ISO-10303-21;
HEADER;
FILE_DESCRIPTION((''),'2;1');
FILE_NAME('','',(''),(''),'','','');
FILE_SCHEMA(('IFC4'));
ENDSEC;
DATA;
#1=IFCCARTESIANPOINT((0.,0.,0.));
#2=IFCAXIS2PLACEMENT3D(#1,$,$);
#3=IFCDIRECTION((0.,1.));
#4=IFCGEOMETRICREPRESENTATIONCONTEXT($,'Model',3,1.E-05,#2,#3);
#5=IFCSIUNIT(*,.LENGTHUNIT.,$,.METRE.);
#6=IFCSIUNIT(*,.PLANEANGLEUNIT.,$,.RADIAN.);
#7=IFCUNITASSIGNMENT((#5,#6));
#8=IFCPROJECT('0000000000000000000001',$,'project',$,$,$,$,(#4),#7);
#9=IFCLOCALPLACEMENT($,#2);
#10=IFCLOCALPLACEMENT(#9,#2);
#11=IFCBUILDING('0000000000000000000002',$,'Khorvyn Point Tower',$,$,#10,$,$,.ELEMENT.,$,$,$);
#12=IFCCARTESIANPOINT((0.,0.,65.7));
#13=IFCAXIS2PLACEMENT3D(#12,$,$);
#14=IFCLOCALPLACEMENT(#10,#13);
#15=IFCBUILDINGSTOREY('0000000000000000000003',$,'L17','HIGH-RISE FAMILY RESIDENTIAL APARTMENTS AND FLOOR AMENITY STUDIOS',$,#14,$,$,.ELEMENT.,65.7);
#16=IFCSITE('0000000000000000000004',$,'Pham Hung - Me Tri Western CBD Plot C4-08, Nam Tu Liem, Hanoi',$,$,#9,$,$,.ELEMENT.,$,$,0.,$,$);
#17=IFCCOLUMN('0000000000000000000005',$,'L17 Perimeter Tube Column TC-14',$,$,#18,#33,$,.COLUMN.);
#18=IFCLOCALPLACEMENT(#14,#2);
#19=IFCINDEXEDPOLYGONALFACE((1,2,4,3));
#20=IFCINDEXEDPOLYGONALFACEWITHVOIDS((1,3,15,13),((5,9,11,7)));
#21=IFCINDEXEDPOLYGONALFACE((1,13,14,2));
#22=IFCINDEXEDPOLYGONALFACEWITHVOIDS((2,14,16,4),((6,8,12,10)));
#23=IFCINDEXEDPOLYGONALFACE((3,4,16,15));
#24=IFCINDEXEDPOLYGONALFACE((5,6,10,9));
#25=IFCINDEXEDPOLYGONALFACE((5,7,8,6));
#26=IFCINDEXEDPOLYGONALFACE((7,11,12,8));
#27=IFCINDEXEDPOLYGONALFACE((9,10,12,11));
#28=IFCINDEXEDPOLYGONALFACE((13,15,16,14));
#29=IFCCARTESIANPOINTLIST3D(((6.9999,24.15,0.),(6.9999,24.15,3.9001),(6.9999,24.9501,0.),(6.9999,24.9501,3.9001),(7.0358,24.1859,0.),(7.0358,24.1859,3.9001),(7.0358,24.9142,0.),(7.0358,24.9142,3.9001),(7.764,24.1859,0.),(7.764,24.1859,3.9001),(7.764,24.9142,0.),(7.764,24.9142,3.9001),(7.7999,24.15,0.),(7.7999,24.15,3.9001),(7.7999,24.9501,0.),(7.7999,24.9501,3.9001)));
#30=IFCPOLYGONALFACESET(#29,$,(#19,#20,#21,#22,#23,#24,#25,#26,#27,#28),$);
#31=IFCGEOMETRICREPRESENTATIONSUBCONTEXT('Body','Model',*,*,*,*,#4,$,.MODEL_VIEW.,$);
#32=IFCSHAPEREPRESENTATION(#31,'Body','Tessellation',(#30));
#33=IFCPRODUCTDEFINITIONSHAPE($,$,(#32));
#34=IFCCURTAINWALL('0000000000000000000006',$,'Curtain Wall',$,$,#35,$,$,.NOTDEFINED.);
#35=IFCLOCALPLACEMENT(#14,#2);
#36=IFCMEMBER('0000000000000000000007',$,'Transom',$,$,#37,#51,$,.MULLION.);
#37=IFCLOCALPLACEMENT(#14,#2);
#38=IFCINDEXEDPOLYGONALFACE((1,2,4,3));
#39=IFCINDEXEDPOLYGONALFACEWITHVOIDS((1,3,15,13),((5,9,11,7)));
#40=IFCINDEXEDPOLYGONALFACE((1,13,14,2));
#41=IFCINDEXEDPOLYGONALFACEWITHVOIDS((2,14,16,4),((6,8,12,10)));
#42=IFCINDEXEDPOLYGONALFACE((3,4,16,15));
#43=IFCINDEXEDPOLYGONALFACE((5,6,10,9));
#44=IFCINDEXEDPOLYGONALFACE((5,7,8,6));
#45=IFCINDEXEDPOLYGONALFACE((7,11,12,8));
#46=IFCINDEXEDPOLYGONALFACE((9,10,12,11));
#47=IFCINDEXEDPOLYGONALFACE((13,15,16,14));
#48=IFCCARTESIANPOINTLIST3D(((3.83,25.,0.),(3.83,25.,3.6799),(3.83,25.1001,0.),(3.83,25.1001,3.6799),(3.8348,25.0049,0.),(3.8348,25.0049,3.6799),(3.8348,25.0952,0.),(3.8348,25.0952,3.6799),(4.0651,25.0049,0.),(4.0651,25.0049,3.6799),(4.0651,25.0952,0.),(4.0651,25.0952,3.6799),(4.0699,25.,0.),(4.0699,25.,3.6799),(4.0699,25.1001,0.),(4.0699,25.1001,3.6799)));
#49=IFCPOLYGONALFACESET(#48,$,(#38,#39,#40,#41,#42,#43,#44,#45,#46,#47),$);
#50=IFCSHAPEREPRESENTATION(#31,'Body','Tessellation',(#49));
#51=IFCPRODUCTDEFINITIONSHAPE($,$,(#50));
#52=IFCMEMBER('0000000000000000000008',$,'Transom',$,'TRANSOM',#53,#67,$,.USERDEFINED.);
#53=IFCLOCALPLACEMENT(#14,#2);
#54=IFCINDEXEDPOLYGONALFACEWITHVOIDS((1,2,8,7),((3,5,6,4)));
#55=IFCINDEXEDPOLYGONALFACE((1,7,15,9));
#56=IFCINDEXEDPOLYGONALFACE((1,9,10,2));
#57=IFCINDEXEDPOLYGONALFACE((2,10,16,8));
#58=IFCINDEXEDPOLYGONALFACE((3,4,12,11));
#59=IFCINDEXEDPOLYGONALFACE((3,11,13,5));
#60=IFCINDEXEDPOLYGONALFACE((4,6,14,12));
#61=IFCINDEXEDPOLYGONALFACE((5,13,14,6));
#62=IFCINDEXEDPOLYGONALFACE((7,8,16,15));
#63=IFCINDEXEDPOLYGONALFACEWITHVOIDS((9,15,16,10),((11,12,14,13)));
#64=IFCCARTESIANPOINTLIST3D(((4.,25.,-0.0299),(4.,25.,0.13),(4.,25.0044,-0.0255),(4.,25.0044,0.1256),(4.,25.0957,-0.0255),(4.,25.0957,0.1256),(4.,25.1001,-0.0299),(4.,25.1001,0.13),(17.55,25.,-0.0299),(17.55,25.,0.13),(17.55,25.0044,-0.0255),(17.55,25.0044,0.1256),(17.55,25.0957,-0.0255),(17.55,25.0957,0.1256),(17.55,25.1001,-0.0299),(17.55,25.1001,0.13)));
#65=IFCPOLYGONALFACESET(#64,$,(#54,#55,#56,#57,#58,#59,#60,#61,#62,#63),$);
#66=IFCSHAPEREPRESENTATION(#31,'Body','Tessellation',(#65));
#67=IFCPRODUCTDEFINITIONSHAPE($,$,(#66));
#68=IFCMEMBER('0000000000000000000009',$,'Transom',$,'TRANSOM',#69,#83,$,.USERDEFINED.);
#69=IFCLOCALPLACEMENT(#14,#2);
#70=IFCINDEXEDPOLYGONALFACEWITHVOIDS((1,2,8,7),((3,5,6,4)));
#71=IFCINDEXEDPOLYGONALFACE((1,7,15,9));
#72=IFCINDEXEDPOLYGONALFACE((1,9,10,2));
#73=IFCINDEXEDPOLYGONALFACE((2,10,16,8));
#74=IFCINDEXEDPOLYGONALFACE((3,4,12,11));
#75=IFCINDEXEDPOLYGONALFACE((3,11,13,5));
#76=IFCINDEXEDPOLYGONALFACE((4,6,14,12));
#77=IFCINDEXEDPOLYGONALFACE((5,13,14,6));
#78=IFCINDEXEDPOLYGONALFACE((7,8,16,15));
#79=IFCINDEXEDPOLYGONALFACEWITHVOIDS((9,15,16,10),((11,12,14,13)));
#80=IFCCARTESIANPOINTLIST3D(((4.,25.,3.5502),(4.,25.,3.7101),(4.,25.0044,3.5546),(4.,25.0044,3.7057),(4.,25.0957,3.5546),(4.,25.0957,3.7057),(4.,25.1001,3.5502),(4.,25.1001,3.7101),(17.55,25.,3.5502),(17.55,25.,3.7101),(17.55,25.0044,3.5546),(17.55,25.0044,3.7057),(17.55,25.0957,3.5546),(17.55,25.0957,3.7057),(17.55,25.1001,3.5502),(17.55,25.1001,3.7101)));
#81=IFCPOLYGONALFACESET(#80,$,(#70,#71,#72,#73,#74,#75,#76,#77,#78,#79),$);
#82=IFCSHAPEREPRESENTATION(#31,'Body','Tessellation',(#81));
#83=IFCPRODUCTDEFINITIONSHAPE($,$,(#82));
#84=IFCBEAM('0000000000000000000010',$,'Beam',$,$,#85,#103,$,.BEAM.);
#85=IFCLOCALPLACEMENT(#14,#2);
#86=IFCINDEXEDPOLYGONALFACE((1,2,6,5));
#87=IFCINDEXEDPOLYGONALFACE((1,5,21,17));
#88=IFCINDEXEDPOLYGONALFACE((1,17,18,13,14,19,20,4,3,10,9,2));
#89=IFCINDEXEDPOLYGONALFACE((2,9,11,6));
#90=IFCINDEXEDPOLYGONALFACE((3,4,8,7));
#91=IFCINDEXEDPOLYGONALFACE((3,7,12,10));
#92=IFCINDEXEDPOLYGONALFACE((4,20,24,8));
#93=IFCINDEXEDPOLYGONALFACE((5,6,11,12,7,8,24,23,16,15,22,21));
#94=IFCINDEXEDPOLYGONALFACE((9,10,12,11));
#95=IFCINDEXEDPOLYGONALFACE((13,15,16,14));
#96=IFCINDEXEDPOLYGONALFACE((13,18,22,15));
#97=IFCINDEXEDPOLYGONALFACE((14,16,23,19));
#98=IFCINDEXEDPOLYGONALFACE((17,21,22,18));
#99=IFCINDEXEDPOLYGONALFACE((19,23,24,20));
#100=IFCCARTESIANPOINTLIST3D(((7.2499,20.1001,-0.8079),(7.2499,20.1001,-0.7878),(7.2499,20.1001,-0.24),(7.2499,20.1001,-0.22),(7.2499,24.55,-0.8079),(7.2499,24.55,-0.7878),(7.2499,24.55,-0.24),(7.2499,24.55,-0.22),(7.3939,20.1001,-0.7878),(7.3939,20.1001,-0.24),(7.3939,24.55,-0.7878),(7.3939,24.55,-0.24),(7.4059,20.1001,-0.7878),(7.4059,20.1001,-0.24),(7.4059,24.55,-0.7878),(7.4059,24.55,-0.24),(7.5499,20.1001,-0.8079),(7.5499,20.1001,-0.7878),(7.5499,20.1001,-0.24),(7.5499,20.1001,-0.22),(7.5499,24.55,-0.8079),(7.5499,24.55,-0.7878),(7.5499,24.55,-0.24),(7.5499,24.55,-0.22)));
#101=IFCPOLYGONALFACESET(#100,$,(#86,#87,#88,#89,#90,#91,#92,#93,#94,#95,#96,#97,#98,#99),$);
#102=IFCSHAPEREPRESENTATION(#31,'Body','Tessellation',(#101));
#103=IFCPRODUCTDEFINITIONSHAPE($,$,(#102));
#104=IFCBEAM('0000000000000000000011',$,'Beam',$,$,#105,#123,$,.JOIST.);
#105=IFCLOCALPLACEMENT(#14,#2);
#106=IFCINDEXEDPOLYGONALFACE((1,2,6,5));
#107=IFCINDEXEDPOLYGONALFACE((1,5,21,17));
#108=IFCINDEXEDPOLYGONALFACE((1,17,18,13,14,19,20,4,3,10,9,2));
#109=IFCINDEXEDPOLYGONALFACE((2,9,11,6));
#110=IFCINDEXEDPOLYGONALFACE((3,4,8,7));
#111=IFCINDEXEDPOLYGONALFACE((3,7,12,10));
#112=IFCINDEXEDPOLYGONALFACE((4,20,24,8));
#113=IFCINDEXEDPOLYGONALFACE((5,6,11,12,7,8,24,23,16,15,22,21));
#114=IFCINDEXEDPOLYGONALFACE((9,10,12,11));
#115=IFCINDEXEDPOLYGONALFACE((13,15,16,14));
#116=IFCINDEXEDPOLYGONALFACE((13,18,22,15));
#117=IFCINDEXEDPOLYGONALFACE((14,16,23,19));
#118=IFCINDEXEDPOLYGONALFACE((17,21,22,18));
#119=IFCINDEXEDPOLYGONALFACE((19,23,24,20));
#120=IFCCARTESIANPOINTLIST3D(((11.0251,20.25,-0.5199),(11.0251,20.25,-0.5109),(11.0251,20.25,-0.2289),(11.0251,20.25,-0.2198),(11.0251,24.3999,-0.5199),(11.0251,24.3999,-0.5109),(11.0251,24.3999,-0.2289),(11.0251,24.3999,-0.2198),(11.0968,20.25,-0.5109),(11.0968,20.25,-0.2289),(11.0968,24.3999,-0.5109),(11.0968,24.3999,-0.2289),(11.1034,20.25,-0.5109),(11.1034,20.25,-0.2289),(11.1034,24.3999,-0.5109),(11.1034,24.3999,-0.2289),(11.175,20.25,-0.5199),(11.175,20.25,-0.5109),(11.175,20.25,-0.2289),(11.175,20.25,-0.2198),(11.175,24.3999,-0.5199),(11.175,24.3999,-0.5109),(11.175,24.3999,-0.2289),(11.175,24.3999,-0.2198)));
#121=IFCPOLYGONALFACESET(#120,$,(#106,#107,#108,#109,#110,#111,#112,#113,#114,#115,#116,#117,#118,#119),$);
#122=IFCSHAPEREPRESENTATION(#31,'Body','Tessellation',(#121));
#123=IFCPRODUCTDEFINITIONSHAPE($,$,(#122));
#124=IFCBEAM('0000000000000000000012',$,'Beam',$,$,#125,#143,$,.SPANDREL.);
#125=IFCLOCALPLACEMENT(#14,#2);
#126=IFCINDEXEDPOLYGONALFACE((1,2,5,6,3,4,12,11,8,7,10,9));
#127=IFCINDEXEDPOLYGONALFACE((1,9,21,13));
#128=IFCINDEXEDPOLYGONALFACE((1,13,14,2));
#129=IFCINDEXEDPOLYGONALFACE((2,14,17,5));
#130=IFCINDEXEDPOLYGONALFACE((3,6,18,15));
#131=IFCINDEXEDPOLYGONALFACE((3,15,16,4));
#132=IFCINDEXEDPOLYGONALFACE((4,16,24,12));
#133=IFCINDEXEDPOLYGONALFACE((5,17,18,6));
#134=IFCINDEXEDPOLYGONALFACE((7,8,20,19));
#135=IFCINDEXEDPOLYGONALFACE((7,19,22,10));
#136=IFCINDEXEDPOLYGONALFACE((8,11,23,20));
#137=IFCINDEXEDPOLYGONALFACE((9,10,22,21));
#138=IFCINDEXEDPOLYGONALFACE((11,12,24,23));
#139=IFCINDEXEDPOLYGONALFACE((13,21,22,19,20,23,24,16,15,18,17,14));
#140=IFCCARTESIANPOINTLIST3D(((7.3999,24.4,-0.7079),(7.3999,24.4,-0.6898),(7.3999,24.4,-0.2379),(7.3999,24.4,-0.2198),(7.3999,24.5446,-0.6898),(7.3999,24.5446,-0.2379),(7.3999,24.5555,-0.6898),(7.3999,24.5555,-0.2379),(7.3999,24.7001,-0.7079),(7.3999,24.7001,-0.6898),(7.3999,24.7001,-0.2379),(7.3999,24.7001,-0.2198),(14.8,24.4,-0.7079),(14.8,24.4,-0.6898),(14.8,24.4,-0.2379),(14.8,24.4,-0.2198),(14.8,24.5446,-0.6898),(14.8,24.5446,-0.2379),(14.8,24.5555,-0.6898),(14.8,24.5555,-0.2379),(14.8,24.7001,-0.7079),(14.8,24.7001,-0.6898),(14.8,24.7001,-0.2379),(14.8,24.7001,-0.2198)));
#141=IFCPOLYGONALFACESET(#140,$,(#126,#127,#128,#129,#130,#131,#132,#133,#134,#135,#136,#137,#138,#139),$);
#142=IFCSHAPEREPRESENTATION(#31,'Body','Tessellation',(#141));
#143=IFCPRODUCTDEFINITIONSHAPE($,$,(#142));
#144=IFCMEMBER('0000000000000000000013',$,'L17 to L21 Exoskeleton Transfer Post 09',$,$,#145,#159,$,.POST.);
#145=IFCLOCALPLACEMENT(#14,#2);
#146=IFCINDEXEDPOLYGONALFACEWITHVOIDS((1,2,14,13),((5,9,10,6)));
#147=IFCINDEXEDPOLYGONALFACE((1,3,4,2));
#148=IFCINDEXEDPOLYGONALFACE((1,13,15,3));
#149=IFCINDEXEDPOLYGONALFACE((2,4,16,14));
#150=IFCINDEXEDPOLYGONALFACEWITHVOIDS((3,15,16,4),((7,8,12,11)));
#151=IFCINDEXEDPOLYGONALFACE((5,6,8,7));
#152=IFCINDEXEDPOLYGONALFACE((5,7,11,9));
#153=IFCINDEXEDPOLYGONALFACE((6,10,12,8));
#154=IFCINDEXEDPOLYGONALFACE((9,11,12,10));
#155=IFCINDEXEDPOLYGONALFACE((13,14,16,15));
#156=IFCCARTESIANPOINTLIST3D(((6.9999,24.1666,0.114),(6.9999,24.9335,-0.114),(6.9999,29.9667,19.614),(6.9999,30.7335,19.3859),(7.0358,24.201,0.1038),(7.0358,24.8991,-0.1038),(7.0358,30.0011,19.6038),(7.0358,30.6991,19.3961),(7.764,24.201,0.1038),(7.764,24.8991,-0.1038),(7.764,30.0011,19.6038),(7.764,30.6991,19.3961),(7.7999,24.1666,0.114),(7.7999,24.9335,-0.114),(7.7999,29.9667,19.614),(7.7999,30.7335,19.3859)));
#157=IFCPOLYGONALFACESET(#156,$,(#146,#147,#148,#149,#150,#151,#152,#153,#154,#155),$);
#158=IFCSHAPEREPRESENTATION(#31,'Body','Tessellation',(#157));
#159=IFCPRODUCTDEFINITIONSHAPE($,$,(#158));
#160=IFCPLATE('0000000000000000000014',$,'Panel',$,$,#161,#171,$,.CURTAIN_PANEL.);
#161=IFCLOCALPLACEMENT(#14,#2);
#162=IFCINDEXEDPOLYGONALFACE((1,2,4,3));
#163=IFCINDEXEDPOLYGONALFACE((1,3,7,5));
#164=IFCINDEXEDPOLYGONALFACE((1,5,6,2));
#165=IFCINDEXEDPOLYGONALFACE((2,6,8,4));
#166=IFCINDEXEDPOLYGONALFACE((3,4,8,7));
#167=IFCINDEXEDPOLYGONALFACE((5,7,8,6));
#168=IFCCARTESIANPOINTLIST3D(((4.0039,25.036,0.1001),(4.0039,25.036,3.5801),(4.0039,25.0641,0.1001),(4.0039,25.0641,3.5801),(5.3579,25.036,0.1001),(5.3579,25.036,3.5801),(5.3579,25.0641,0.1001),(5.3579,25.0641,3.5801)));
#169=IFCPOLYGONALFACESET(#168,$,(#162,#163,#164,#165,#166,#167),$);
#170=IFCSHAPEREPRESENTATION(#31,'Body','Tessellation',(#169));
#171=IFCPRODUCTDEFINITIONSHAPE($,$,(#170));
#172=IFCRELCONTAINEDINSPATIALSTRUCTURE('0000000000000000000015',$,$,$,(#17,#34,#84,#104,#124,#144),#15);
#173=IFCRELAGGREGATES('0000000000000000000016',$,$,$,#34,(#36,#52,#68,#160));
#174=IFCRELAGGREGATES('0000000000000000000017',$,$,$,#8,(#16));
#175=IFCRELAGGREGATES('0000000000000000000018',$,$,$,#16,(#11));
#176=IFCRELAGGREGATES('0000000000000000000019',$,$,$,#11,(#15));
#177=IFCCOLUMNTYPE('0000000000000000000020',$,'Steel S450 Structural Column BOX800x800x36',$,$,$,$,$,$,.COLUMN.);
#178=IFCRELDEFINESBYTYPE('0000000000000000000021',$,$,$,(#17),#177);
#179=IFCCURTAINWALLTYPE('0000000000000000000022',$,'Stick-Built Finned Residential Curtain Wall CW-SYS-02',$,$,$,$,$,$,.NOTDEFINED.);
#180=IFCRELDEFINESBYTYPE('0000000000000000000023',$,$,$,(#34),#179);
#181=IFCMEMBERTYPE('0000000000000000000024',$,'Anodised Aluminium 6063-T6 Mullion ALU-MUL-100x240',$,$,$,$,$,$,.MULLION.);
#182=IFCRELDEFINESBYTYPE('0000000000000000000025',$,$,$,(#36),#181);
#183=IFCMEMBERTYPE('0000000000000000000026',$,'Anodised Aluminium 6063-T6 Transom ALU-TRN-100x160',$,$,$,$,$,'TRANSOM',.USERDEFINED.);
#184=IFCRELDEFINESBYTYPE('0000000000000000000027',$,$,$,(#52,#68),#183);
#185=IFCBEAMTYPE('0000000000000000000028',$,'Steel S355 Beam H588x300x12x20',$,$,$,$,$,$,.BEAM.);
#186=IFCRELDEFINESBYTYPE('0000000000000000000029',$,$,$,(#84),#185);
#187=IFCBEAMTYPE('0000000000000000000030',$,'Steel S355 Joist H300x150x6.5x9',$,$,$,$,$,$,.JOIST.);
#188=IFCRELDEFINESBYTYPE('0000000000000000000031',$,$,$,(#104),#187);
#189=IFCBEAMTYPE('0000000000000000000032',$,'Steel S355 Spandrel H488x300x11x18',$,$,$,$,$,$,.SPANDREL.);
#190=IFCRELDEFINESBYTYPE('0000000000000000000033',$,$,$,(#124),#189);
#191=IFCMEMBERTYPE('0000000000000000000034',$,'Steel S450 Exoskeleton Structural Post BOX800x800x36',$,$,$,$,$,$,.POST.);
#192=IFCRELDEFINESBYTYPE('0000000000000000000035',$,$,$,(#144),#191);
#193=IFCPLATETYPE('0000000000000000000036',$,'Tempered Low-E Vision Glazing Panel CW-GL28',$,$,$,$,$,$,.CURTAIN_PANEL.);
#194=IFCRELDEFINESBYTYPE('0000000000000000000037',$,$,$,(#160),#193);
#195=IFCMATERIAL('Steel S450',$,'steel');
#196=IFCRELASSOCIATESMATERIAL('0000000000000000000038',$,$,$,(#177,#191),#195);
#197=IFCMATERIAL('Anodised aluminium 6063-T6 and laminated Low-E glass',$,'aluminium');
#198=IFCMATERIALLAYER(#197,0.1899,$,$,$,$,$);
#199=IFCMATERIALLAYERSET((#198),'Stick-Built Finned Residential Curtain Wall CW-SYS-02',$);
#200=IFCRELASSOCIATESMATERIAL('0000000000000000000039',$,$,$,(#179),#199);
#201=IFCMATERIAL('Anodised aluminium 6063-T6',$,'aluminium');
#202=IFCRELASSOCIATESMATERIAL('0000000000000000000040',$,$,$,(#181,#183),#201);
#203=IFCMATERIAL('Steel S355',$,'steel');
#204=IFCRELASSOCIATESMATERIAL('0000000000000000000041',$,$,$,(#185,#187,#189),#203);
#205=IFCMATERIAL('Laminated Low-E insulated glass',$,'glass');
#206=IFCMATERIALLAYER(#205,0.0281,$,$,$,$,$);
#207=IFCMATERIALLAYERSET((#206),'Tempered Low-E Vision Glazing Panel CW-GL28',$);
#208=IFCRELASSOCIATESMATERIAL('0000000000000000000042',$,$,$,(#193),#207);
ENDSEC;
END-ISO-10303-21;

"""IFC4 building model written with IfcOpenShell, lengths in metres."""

from ifc_helpers import new_model, si_unit, direction, frame, origin, origin_2d, place, context, subcontext, project, spatial, rectangle, hollow_rectangle, i_section, extrude, material, layer, layer_set, material_profile, profile_set, type_object, element, aggregate, save


model = new_model("IFC4")

# Units and contexts
model_context = context("Model", 3, precision=1e-05, world=origin(), true_north=direction((0.0, 1.0)))
body_context = subcontext(model_context, "Body", "Model", "MODEL_VIEW")
ifc_project = project(units=[si_unit("LENGTHUNIT", "METRE"), si_unit("PLANEANGLEUNIT", "RADIAN")], contexts=[model_context])

# Site, building, storey
site_placement = place(None, origin())
site = spatial("IfcSite", under=ifc_project, at=site_placement, Name="Pham Hung - Me Tri Western CBD Plot C4-08, Nam Tu Liem, Hanoi", CompositionType="ELEMENT", RefElevation=0.0)
building_placement = place(site_placement, origin())
building = spatial("IfcBuilding", under=site, at=building_placement, Name="Khorvyn Point Tower", CompositionType="ELEMENT")
storey_placement = place(building_placement, frame((0.0, 0.0, 65.7)))
storey = spatial("IfcBuildingStorey", under=building, at=storey_placement, Name="L17", Description="HIGH-RISE FAMILY RESIDENTIAL APARTMENTS AND FLOOR AMENITY STUDIOS", CompositionType="ELEMENT", Elevation=65.7)

# Column
ifc_material_1 = material(Name="Steel S450", Category="steel")
ifc_material_profile_1 = material_profile(ifc_material_1, hollow_rectangle(XDim=0.8, YDim=0.8, WallThickness=0.0359, at=origin_2d()))
ifc_profile_set_1 = profile_set([ifc_material_profile_1], Name="Steel S450 BOX800x800x36")
column_type = type_object("IfcColumnType", Name="Steel S450 Structural Column BOX800x800x36", PredefinedType="COLUMN", material=ifc_profile_set_1)
column_placement = place(storey_placement, frame((7.3999, 24.55, 0.0), z_axis=(0.0, 0.0, 1.0), x_axis=(1.0, 0.0, 0.0)))
element("IfcColumn", 1, at=column_placement, inside=storey, type_object=column_type, Name="L17 Perimeter Tube Column TC-14", PredefinedType="COLUMN", context=body_context, shape_type="SweptSolid", body=[
    extrude(hollow_rectangle(XDim=0.8, YDim=0.8, WallThickness=0.0359, at=origin_2d()), origin(), (0.0, 0.0, 1.0), 3.9001),
])

# Curtain wall, members
ifc_material_2 = material(Name="Anodised aluminium 6063-T6 and laminated Low-E glass", Category="aluminium")
ifc_layer_1 = layer(ifc_material_2, 0.1899)
ifc_layer_set_1 = layer_set([ifc_layer_1], Name="Stick-Built Finned Residential Curtain Wall CW-SYS-02")
curtain_wall_type = type_object("IfcCurtainWallType", Name="Stick-Built Finned Residential Curtain Wall CW-SYS-02", PredefinedType="NOTDEFINED", material=ifc_layer_set_1)
curtain_wall_placement = place(storey_placement, origin())
curtain_wall = element("IfcCurtainWall", 2, at=curtain_wall_placement, inside=storey, type_object=curtain_wall_type, Name="Curtain Wall", PredefinedType="NOTDEFINED")
ifc_material_3 = material(Name="Anodised aluminium 6063-T6", Category="aluminium")
ifc_material_profile_2 = material_profile(ifc_material_3, hollow_rectangle(XDim=0.1001, YDim=0.24, WallThickness=0.0049, at=origin_2d()))
ifc_profile_set_2 = profile_set([ifc_material_profile_2], Name="Anodised aluminium 6063-T6 ALU-MUL-100x240")
member_type_1 = type_object("IfcMemberType", Name="Anodised Aluminium 6063-T6 Mullion ALU-MUL-100x240", PredefinedType="MULLION", material=ifc_profile_set_2)
member_1_placement = place(storey_placement, frame((3.95, 25.05, 0.0), z_axis=(0.0, 0.0, 1.0), x_axis=(0.0, 1.0, 0.0)))
member_1 = element("IfcMember", 3, at=member_1_placement, type_object=member_type_1, Name="Transom", PredefinedType="MULLION", context=body_context, shape_type="SweptSolid", body=[
    extrude(hollow_rectangle(XDim=0.1001, YDim=0.24, WallThickness=0.0049, at=origin_2d()), origin(), (0.0, 0.0, 1.0), 3.6799),
])
ifc_material_profile_3 = material_profile(ifc_material_3, hollow_rectangle(XDim=0.1001, YDim=0.1599, WallThickness=0.0044, at=origin_2d()))
ifc_profile_set_3 = profile_set([ifc_material_profile_3], Name="Anodised aluminium 6063-T6 ALU-TRN-100x160")
member_type_2 = type_object("IfcMemberType", Name="Anodised Aluminium 6063-T6 Transom ALU-TRN-100x160", ElementType="TRANSOM", PredefinedType="USERDEFINED", material=ifc_profile_set_3)
member_2_placement = place(storey_placement, frame((4.0, 25.05, 0.05), z_axis=(1.0, 0.0, 0.0), x_axis=(0.0, 1.0, 0.0)))
member_2 = element("IfcMember", 4, at=member_2_placement, type_object=member_type_2, Name="Transom", ObjectType="TRANSOM", PredefinedType="USERDEFINED", context=body_context, shape_type="SweptSolid", body=[
    extrude(hollow_rectangle(XDim=0.1001, YDim=0.1599, WallThickness=0.0044, at=origin_2d()), origin(), (0.0, 0.0, 1.0), 13.55),
])
member_3_placement = place(storey_placement, frame((4.0, 25.05, 3.6301), z_axis=(1.0, 0.0, 0.0), x_axis=(0.0, 1.0, 0.0)))
member_3 = element("IfcMember", 5, at=member_3_placement, type_object=member_type_2, Name="Transom", ObjectType="TRANSOM", PredefinedType="USERDEFINED", context=body_context, shape_type="SweptSolid", body=[
    extrude(hollow_rectangle(XDim=0.1001, YDim=0.1599, WallThickness=0.0044, at=origin_2d()), origin(), (0.0, 0.0, 1.0), 13.55),
])

# Beams
ifc_material_4 = material(Name="Steel S355", Category="steel")
ifc_material_profile_4 = material_profile(ifc_material_4, i_section(OverallWidth=0.3, OverallDepth=0.5879, WebThickness=0.012, FlangeThickness=0.02, at=origin_2d()))
ifc_profile_set_4 = profile_set([ifc_material_profile_4], Name="Steel S355 H588x300x12x20")
beam_type_1 = type_object("IfcBeamType", Name="Steel S355 Beam H588x300x12x20", PredefinedType="BEAM", material=ifc_profile_set_4)
beam_1_placement = place(storey_placement, frame((7.3999, 20.1001, -0.5139), z_axis=(0.0, 1.0, 0.0), x_axis=(-1.0, 0.0, 0.0)))
element("IfcBeam", 6, at=beam_1_placement, inside=storey, type_object=beam_type_1, Name="Beam", PredefinedType="BEAM", context=body_context, shape_type="SweptSolid", body=[
    extrude(i_section(OverallWidth=0.3, OverallDepth=0.5879, WebThickness=0.012, FlangeThickness=0.02, at=origin_2d()), origin(), (0.0, 0.0, 1.0), 4.45),
])
ifc_material_profile_5 = material_profile(ifc_material_4, i_section(OverallWidth=0.1499, OverallDepth=0.3, WebThickness=0.0066, FlangeThickness=0.009, at=origin_2d()))
ifc_profile_set_5 = profile_set([ifc_material_profile_5], Name="Steel S355 H300x150x6.5x9")
beam_type_2 = type_object("IfcBeamType", Name="Steel S355 Joist H300x150x6.5x9", PredefinedType="JOIST", material=ifc_profile_set_5)
beam_2_placement = place(storey_placement, frame((11.1001, 20.25, -0.3699), z_axis=(0.0, 1.0, 0.0), x_axis=(-1.0, 0.0, 0.0)))
element("IfcBeam", 7, at=beam_2_placement, inside=storey, type_object=beam_type_2, Name="Beam", PredefinedType="JOIST", context=body_context, shape_type="SweptSolid", body=[
    extrude(i_section(OverallWidth=0.1499, OverallDepth=0.3, WebThickness=0.0066, FlangeThickness=0.009, at=origin_2d()), origin(), (0.0, 0.0, 1.0), 4.1499),
])
ifc_material_profile_6 = material_profile(ifc_material_4, i_section(OverallWidth=0.3, OverallDepth=0.488, WebThickness=0.011, FlangeThickness=0.0181, at=origin_2d()))
ifc_profile_set_6 = profile_set([ifc_material_profile_6], Name="Steel S355 H488x300x11x18")
beam_type_3 = type_object("IfcBeamType", Name="Steel S355 Spandrel H488x300x11x18", PredefinedType="SPANDREL", material=ifc_profile_set_6)
beam_3_placement = place(storey_placement, frame((7.3999, 24.55, -0.4639), z_axis=(1.0, 0.0, 0.0), x_axis=(0.0, 1.0, 0.0)))
element("IfcBeam", 8, at=beam_3_placement, inside=storey, type_object=beam_type_3, Name="Beam", PredefinedType="SPANDREL", context=body_context, shape_type="SweptSolid", body=[
    extrude(i_section(OverallWidth=0.3, OverallDepth=0.488, WebThickness=0.011, FlangeThickness=0.0181, at=origin_2d()), origin(), (0.0, 0.0, 1.0), 7.4001),
])

# Member
ifc_material_profile_7 = material_profile(ifc_material_1, hollow_rectangle(XDim=0.8, YDim=0.8, WallThickness=0.0359, at=origin_2d()))
ifc_profile_set_7 = profile_set([ifc_material_profile_7], Name="Steel S450 BOX800x800x36")
member_type_3 = type_object("IfcMemberType", Name="Steel S450 Exoskeleton Structural Post BOX800x800x36", PredefinedType="POST", material=ifc_profile_set_7)
member_4_placement = place(storey_placement, frame((7.3999, 24.55, 0.0), z_axis=(0.0, 0.285095, 0.958499), x_axis=(-1.0, 0.0, 0.0)))
element("IfcMember", 9, at=member_4_placement, inside=storey, type_object=member_type_3, Name="L17 to L21 Exoskeleton Transfer Post 09", PredefinedType="POST", context=body_context, shape_type="SweptSolid", body=[
    extrude(hollow_rectangle(XDim=0.8, YDim=0.8, WallThickness=0.0359, at=origin_2d()), origin(), (0.0, 0.0, 1.0), 20.3442),
])

# Plate
ifc_material_5 = material(Name="Laminated Low-E insulated glass", Category="glass")
ifc_layer_2 = layer(ifc_material_5, 0.0281)
ifc_layer_set_2 = layer_set([ifc_layer_2], Name="Tempered Low-E Vision Glazing Panel CW-GL28")
plate_type = type_object("IfcPlateType", Name="Tempered Low-E Vision Glazing Panel CW-GL28", PredefinedType="CURTAIN_PANEL", material=ifc_layer_set_2)
plate_1_placement = place(storey_placement, frame((4.6809, 25.05, 0.1001), z_axis=(0.0, 0.0, 1.0), x_axis=(1.0, 0.0, 0.0)))
plate_1 = element("IfcPlate", 10, at=plate_1_placement, type_object=plate_type, Name="Panel", PredefinedType="CURTAIN_PANEL", context=body_context, shape_type="SweptSolid", body=[
    extrude(rectangle(XDim=1.354, YDim=0.0281, at=origin_2d()), origin(), (0.0, 0.0, 1.0), 3.48),
])
aggregate(curtain_wall, [member_1, member_2, member_3, plate_1])

save(model, "model.ifc")
